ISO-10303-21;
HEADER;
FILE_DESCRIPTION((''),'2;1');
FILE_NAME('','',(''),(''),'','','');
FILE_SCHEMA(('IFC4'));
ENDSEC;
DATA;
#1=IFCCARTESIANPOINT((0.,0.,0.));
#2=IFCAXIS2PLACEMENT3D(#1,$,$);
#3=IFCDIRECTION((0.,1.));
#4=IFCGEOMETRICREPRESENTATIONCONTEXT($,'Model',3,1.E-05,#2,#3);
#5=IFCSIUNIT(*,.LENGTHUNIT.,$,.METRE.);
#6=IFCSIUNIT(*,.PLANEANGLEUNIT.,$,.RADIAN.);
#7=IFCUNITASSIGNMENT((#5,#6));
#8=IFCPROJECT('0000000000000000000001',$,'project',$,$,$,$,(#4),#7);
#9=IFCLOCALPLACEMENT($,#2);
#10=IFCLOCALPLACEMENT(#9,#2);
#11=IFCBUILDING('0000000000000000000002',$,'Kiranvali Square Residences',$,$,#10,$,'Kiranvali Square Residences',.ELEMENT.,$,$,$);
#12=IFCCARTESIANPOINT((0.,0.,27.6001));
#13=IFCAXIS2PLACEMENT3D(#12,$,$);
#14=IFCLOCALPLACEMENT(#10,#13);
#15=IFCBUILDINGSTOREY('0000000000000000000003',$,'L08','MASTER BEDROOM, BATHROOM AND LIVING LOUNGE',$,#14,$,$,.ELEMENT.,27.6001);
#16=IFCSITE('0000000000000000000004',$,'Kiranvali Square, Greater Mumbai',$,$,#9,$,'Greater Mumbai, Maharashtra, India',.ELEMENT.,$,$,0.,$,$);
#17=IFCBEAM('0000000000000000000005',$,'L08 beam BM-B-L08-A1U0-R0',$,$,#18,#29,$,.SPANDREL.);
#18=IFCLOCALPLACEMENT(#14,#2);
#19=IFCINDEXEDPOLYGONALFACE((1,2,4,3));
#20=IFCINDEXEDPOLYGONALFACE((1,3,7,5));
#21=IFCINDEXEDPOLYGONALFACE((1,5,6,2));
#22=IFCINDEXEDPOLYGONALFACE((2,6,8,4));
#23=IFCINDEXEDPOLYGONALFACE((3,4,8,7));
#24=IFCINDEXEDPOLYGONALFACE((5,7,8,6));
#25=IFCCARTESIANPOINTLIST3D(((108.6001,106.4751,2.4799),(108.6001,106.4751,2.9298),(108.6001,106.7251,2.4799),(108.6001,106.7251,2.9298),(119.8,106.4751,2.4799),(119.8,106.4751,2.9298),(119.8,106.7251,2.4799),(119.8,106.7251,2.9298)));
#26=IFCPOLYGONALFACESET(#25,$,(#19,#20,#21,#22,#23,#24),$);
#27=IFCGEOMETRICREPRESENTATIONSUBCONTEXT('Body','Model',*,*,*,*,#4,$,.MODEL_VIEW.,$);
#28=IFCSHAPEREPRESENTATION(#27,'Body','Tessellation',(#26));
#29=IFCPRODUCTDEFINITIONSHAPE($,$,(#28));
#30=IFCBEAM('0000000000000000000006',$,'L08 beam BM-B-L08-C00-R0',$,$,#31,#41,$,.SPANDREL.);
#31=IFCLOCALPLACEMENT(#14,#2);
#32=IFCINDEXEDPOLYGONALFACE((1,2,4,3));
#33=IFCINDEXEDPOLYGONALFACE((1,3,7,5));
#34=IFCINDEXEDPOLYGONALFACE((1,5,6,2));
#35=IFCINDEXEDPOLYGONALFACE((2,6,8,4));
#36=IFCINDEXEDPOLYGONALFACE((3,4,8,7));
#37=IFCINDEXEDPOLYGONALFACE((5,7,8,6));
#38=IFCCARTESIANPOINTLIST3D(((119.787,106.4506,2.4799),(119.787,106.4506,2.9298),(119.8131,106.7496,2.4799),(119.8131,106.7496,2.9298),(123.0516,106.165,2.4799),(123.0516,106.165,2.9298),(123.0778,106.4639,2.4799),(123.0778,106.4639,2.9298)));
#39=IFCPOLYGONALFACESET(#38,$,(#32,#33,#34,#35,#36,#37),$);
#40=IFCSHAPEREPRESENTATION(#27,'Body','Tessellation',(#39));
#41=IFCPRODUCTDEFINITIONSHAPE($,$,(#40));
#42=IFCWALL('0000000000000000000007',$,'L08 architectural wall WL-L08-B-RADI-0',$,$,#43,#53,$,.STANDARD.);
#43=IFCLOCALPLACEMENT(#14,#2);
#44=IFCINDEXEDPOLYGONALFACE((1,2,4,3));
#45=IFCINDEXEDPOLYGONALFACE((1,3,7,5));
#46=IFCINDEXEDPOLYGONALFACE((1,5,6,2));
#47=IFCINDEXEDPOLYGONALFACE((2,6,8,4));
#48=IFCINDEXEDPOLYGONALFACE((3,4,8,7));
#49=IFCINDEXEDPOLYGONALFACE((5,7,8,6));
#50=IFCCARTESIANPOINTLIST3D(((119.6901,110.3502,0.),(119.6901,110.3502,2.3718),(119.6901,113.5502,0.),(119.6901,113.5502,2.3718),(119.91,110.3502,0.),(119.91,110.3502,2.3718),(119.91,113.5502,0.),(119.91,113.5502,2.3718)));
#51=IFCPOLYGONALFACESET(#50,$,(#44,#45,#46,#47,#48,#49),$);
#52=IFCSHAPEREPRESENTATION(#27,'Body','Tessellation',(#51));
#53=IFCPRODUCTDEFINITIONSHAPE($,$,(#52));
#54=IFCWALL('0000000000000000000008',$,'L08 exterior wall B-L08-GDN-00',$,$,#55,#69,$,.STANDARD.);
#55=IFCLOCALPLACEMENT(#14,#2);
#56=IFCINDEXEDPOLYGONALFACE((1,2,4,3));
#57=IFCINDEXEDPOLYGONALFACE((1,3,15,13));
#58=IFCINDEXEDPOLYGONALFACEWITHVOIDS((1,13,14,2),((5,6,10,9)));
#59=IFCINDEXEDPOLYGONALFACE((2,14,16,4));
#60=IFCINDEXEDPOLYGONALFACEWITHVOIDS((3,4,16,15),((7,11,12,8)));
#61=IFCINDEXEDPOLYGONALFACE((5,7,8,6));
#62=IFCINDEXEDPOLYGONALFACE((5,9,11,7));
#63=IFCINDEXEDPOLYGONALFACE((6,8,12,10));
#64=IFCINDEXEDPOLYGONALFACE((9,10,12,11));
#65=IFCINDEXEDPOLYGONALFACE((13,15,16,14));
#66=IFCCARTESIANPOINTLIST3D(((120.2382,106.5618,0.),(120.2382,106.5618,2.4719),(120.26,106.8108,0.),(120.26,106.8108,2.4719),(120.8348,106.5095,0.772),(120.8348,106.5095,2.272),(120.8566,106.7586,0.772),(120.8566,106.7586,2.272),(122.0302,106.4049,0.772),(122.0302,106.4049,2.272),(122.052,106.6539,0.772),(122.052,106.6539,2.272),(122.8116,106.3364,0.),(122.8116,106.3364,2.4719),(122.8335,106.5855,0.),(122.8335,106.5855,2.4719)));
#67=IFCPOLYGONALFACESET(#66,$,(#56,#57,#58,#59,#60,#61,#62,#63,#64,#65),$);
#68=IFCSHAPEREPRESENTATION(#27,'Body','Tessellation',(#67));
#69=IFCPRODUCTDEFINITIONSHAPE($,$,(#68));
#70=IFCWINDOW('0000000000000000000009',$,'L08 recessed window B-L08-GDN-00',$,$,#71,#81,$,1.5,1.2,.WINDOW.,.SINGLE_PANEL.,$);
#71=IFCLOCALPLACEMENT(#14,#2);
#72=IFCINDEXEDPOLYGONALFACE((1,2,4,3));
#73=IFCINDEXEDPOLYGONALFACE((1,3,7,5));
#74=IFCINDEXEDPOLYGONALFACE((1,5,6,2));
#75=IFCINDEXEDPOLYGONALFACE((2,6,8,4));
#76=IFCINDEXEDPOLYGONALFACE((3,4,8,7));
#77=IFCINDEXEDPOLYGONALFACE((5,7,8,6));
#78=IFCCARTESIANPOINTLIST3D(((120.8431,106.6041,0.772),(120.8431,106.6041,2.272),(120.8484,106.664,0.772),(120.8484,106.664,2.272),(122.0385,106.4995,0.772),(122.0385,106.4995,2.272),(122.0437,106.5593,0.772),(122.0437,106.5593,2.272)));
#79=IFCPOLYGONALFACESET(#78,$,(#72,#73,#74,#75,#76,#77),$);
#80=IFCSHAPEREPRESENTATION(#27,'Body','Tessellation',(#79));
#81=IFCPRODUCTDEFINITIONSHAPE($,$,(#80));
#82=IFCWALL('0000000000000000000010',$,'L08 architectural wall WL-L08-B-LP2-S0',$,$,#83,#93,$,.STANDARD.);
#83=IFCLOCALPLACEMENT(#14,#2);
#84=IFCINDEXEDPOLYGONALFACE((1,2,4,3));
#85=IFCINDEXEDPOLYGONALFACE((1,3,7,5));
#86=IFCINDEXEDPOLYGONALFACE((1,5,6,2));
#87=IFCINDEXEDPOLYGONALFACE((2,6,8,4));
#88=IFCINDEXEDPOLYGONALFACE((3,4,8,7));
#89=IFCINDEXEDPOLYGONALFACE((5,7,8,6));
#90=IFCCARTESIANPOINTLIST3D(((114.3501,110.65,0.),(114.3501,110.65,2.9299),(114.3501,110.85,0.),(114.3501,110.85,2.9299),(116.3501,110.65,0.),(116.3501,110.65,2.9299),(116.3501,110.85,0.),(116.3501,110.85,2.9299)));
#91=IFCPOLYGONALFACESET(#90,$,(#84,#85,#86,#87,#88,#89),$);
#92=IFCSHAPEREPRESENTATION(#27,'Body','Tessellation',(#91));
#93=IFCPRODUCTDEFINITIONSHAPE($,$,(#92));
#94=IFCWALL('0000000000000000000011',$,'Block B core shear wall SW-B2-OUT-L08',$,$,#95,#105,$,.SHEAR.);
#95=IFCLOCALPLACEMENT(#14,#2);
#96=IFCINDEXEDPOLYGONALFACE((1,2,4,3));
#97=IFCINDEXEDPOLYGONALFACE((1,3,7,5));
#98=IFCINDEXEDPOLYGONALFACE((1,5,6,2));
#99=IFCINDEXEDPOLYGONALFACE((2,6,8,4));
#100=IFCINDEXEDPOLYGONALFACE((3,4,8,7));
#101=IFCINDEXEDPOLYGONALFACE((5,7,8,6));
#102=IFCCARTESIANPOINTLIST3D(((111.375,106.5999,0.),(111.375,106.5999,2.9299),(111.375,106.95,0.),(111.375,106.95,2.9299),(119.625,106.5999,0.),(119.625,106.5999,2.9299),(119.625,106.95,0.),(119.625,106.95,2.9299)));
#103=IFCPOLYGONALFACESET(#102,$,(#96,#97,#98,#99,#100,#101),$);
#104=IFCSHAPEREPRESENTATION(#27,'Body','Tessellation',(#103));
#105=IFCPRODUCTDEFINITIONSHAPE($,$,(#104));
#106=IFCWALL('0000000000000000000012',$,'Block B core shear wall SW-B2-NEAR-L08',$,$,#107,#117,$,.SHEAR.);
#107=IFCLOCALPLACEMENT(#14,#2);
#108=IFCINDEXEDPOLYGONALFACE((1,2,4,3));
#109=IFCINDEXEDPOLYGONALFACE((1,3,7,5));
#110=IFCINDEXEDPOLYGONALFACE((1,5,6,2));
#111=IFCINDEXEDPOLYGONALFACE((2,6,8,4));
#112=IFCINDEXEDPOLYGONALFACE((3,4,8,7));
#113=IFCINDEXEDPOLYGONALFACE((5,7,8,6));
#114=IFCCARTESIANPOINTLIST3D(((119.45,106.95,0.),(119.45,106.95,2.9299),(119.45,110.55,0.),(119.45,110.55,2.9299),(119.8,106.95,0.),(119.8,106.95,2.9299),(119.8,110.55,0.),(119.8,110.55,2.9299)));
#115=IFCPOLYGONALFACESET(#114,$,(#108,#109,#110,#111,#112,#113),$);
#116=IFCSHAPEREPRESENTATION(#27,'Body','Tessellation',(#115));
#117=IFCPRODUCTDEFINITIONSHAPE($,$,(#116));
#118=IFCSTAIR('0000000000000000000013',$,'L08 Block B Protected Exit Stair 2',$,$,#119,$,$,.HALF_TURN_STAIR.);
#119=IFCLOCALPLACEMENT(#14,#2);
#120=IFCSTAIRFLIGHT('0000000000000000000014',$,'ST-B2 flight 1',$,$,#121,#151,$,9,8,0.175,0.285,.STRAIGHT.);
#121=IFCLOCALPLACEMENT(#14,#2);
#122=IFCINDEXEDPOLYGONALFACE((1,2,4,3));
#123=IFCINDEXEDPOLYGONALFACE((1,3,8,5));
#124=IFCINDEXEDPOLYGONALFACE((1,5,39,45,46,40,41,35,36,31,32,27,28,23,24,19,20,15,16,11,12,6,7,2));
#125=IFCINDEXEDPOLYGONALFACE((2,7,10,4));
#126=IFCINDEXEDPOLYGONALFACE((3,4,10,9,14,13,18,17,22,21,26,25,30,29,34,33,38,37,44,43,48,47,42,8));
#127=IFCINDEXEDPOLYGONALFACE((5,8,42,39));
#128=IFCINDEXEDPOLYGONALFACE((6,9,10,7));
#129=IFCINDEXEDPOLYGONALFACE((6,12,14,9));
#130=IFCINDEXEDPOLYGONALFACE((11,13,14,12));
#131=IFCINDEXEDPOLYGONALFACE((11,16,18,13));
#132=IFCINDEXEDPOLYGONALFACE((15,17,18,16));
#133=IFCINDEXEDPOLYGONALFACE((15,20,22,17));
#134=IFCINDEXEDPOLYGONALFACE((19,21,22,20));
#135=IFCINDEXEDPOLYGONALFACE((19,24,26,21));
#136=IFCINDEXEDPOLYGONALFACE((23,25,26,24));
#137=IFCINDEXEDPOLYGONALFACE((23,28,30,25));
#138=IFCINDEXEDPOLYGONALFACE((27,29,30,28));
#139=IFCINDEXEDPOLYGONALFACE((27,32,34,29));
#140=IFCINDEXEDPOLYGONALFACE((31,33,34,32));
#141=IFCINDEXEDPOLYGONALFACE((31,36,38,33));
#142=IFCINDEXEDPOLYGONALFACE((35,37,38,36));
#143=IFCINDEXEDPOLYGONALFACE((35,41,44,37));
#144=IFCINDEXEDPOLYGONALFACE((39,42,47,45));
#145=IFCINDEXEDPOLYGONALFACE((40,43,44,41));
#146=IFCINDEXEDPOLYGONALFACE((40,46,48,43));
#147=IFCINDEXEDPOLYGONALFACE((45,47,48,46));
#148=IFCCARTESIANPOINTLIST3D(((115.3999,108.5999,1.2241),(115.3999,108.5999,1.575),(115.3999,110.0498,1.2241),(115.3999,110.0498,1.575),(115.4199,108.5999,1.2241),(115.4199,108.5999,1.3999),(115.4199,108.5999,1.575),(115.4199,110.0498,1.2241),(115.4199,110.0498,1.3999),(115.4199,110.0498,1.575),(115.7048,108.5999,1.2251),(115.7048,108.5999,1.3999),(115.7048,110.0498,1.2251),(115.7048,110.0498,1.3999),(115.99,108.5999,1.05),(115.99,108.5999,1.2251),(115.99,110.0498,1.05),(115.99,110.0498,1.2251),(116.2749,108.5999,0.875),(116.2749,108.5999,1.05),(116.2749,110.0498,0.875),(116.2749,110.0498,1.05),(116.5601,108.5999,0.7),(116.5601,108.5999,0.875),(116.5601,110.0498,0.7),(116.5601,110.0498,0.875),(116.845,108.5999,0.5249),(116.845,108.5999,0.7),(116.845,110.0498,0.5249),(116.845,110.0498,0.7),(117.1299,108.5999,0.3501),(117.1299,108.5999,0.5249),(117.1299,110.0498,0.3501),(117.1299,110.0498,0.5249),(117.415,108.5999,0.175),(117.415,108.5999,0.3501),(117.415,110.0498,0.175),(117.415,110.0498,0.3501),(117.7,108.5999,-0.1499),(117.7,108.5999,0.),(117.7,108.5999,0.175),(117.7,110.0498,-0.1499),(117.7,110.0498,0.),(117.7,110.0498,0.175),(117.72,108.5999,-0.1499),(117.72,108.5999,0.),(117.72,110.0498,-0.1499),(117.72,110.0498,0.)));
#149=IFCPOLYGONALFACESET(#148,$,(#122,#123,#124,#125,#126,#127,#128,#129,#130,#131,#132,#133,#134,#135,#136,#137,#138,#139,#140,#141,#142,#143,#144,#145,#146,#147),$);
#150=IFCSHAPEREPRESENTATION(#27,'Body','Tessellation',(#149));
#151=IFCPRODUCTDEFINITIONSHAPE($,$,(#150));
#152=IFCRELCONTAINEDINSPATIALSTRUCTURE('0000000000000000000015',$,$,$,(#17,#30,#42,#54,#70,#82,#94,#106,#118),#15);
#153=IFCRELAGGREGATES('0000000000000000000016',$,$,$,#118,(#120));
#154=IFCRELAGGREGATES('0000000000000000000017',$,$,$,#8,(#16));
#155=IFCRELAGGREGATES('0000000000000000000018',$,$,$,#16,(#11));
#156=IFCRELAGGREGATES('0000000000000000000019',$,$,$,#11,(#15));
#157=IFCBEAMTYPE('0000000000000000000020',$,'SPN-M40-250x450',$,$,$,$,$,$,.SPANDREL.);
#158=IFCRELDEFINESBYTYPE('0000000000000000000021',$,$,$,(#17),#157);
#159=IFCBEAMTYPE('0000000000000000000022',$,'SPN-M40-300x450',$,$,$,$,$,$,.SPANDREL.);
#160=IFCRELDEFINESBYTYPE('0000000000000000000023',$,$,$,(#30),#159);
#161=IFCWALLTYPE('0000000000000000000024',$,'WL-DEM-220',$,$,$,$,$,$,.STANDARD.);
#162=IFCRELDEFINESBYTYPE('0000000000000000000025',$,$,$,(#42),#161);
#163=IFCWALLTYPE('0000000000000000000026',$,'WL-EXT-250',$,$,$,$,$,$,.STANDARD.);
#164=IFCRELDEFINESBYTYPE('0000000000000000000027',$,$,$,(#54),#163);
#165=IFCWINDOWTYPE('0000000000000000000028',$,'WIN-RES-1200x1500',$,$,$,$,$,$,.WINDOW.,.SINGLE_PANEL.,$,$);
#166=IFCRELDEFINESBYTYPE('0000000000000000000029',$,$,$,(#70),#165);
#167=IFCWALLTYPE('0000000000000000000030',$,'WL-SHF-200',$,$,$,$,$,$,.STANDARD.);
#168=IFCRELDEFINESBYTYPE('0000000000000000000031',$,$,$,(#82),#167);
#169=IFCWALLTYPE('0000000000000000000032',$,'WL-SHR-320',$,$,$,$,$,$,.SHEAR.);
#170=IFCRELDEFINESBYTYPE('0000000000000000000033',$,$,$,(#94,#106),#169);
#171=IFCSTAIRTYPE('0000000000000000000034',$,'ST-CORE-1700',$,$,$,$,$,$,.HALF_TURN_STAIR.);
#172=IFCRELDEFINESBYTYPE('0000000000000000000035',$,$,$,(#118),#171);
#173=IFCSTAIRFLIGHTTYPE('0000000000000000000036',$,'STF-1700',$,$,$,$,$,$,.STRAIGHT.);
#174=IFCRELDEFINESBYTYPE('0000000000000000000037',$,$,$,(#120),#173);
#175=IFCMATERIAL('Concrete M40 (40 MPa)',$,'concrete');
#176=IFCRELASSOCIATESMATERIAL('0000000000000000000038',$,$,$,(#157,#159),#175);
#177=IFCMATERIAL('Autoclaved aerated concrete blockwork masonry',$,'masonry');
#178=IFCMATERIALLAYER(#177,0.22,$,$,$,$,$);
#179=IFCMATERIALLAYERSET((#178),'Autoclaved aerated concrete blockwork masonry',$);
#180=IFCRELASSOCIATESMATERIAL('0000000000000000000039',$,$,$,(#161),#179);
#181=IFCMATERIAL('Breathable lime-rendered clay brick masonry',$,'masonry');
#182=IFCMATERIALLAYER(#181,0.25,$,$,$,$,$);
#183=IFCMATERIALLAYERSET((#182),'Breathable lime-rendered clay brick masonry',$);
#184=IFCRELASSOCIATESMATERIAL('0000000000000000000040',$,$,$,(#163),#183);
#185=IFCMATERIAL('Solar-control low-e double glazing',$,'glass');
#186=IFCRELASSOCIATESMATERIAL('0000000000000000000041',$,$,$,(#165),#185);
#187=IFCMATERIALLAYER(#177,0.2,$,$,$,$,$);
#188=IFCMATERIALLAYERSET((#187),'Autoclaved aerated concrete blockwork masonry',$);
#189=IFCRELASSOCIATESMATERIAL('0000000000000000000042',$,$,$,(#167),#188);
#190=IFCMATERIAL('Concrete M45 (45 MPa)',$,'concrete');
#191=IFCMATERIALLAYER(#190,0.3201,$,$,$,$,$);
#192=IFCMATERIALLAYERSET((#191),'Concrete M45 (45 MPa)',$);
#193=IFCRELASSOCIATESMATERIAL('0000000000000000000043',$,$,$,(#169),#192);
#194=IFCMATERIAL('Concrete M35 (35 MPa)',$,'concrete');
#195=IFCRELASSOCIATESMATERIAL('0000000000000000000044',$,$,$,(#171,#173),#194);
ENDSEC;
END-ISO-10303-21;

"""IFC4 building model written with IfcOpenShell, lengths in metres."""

from ifc_helpers import new_model, si_unit, direction, frame, frame_2d, origin, origin_2d, place, context, subcontext, project, spatial, polyline, rectangle, outline, extrude, material, layer, layer_set, material_profile, profile_set, type_object, element, fill, aggregate, save


model = new_model("IFC4")

# Units and contexts
model_context = context("Model", 3, precision=1e-05, world=origin(), true_north=direction((0.0, 1.0)))
body_context = subcontext(model_context, "Body", "Model", "MODEL_VIEW")
ifc_project = project(units=[si_unit("LENGTHUNIT", "METRE"), si_unit("PLANEANGLEUNIT", "RADIAN")], contexts=[model_context])

# Site, building, storey
site_placement = place(None, origin())
site = spatial("IfcSite", under=ifc_project, at=site_placement, Name="Kiranvali Square, Greater Mumbai", LongName="Greater Mumbai, Maharashtra, India", CompositionType="ELEMENT", RefElevation=0.0)
building_placement = place(site_placement, origin())
building = spatial("IfcBuilding", under=site, at=building_placement, Name="Kiranvali Square Residences", LongName="Kiranvali Square Residences", CompositionType="ELEMENT")
storey_placement = place(building_placement, frame((0.0, 0.0, 27.6001)))
storey = spatial("IfcBuildingStorey", under=building, at=storey_placement, Name="L08", Description="MASTER BEDROOM, BATHROOM AND LIVING LOUNGE", CompositionType="ELEMENT", Elevation=27.6001)

# Beams
ifc_material_1 = material(Name="Concrete M40 (40 MPa)", Category="concrete")
ifc_material_profile_1 = material_profile(ifc_material_1, rectangle(XDim=0.25, YDim=0.45, at=origin_2d()), Name="RC 250x450")
ifc_profile_set_1 = profile_set([ifc_material_profile_1], Name="Concrete M40 (40 MPa)")
beam_type_1 = type_object("IfcBeamType", Name="SPN-M40-250x450", PredefinedType="SPANDREL", material=ifc_profile_set_1)
beam_1_placement = place(storey_placement, frame((119.8, 106.6001, 2.7048), z_axis=(-1.0, 0.0, 0.0), x_axis=(0.0, -1.0, 0.0)))
element("IfcBeam", 1, at=beam_1_placement, inside=storey, type_object=beam_type_1, Name="L08 beam BM-B-L08-A1U0-R0", PredefinedType="SPANDREL", context=body_context, shape_type="SweptSolid", body=[
    extrude(rectangle(XDim=0.25, YDim=0.45, at=origin_2d()), origin(), (0.0, 0.0, 1.0), 11.2),
])
ifc_material_profile_2 = material_profile(ifc_material_1, rectangle(XDim=0.3, YDim=0.45, at=origin_2d()), Name="RC 300x450")
ifc_profile_set_2 = profile_set([ifc_material_profile_2], Name="Concrete M40 (40 MPa)")
beam_type_2 = type_object("IfcBeamType", Name="SPN-M40-300x450", PredefinedType="SPANDREL", material=ifc_profile_set_2)
beam_2_placement = place(storey_placement, frame((119.8, 106.6001, 2.7048), z_axis=(0.996194, -0.087163, 0.0), x_axis=(0.087163, 0.996194, 0.0)))
element("IfcBeam", 2, at=beam_2_placement, inside=storey, type_object=beam_type_2, Name="L08 beam BM-B-L08-C00-R0", PredefinedType="SPANDREL", context=body_context, shape_type="SweptSolid", body=[
    extrude(rectangle(XDim=0.3, YDim=0.45, at=origin_2d()), origin(), (0.0, 0.0, 1.0), 3.2771),
])

# Wall
ifc_material_2 = material(Name="Autoclaved aerated concrete blockwork masonry", Category="masonry")
ifc_layer_1 = layer(ifc_material_2, 0.22)
ifc_layer_set_1 = layer_set([ifc_layer_1], Name="Autoclaved aerated concrete blockwork masonry")
wall_type_1 = type_object("IfcWallType", Name="WL-DEM-220", PredefinedType="STANDARD", material=ifc_layer_set_1)
wall_1_placement = place(storey_placement, frame((119.8, 110.3501, 0.0), z_axis=(0.0, 0.0, 1.0), x_axis=(0.0, 1.0, 0.0)))
element("IfcWall", 3, at=wall_1_placement, inside=storey, type_object=wall_type_1, Name="L08 architectural wall WL-L08-B-RADI-0", PredefinedType="STANDARD", context=body_context, shape_type="SweptSolid", body=[
    extrude(rectangle(XDim=3.2, YDim=0.22, at=frame_2d((1.6001, 0.0))), origin(), (0.0, 0.0, 1.0), 2.3718),
])

# Wall, opening, window
ifc_material_3 = material(Name="Breathable lime-rendered clay brick masonry", Category="masonry")
ifc_layer_2 = layer(ifc_material_3, 0.25)
ifc_layer_set_2 = layer_set([ifc_layer_2], Name="Breathable lime-rendered clay brick masonry")
wall_type_2 = type_object("IfcWallType", Name="WL-EXT-250", PredefinedType="STANDARD", material=ifc_layer_set_2)
wall_2_placement = place(storey_placement, frame((120.2493, 106.6863, 0.0), z_axis=(0.0, 0.0, 1.0), x_axis=(0.996188, -0.087229, 0.0)))
wall_2 = element("IfcWall", 4, at=wall_2_placement, inside=storey, type_object=wall_type_2, Name="L08 exterior wall B-L08-GDN-00", PredefinedType="STANDARD", context=body_context, shape_type="SweptSolid", body=[
    extrude(rectangle(XDim=2.5833, YDim=0.25, at=frame_2d((1.2915, 0.0))), origin(), (0.0, 0.0, 1.0), 2.4719),
])
opening_1_placement = place(wall_2_placement, frame((0.5986, 0.0, 0.772)))
opening_1 = element("IfcOpeningElement", 5, at=opening_1_placement, cuts=wall_2, PredefinedType="OPENING", context=body_context, shape_type="SweptSolid", body=[
    extrude(rectangle(XDim=1.2, YDim=1.5, at=frame_2d((0.6001, 0.75))), frame((0.0, 0.135, 0.0), z_axis=(0.0, -1.0, 0.0), x_axis=(1.0, 0.0, 0.0)), (0.0, 0.0, 1.0), 0.27),
])
ifc_material_4 = material(Name="Solar-control low-e double glazing", Category="glass")
window_type = type_object("IfcWindowType", Name="WIN-RES-1200x1500", PartitioningType="SINGLE_PANEL", PredefinedType="WINDOW", material=ifc_material_4)
window_placement = place(opening_1_placement, origin())
window = element("IfcWindow", 6, at=window_placement, inside=storey, type_object=window_type, Name="L08 recessed window B-L08-GDN-00", OverallHeight=1.5, OverallWidth=1.2, PartitioningType="SINGLE_PANEL", PredefinedType="WINDOW", context=body_context, shape_type="SweptSolid", body=[
    extrude(rectangle(XDim=1.2, YDim=1.5, at=frame_2d((0.6001, 0.75))), frame((0.0, 0.03, 0.0), z_axis=(0.0, -1.0, 0.0), x_axis=(1.0, 0.0, 0.0)), (0.0, 0.0, 1.0), 0.0601),
])
fill(opening_1, window)

# Wall
ifc_layer_3 = layer(ifc_material_2, 0.2)
ifc_layer_set_3 = layer_set([ifc_layer_3], Name="Autoclaved aerated concrete blockwork masonry")
wall_type_3 = type_object("IfcWallType", Name="WL-SHF-200", PredefinedType="STANDARD", material=ifc_layer_set_3)
wall_3_placement = place(storey_placement, frame((116.3501, 110.75, 0.0), z_axis=(0.0, 0.0, 1.0), x_axis=(-1.0, 0.0, 0.0)))
element("IfcWall", 7, at=wall_3_placement, inside=storey, type_object=wall_type_3, Name="L08 architectural wall WL-L08-B-LP2-S0", PredefinedType="STANDARD", context=body_context, shape_type="SweptSolid", body=[
    extrude(rectangle(XDim=2.0, YDim=0.2, at=frame_2d((1.0, 0.0))), origin(), (0.0, 0.0, 1.0), 2.9299),
])

# Wall
ifc_material_5 = material(Name="Concrete M45 (45 MPa)", Category="concrete")
ifc_layer_4 = layer(ifc_material_5, 0.3201)
ifc_layer_set_4 = layer_set([ifc_layer_4], Name="Concrete M45 (45 MPa)")
wall_type_4 = type_object("IfcWallType", Name="WL-SHR-320", PredefinedType="SHEAR", material=ifc_layer_set_4)
wall_4_placement = place(storey_placement, frame((119.625, 106.7749, 0.0), z_axis=(0.0, 0.0, 1.0), x_axis=(-1.0, 0.0, 0.0)))
element("IfcWall", 8, at=wall_4_placement, inside=storey, type_object=wall_type_4, Name="Block B core shear wall SW-B2-OUT-L08", PredefinedType="SHEAR", context=body_context, shape_type="SweptSolid", body=[
    extrude(rectangle(XDim=8.25, YDim=0.3501, at=frame_2d((4.125, 0.0))), origin(), (0.0, 0.0, 1.0), 2.9299),
])

# Wall
wall_5_placement = place(storey_placement, frame((119.625, 106.95, 0.0), z_axis=(0.0, 0.0, 1.0), x_axis=(0.0, 1.0, 0.0)))
element("IfcWall", 9, at=wall_5_placement, inside=storey, type_object=wall_type_4, Name="Block B core shear wall SW-B2-NEAR-L08", PredefinedType="SHEAR", context=body_context, shape_type="SweptSolid", body=[
    extrude(rectangle(XDim=3.6001, YDim=0.3501, at=frame_2d((1.8, 0.0))), origin(), (0.0, 0.0, 1.0), 2.9299),
])

# Stair, stair flight
ifc_material_6 = material(Name="Concrete M35 (35 MPa)", Category="concrete")
stair_type = type_object("IfcStairType", Name="ST-CORE-1700", PredefinedType="HALF_TURN_STAIR", material=ifc_material_6)
stair_placement = place(storey_placement, origin())
stair = element("IfcStair", 10, at=stair_placement, inside=storey, type_object=stair_type, Name="L08 Block B Protected Exit Stair 2", PredefinedType="HALF_TURN_STAIR")
stair_flight_type = type_object("IfcStairFlightType", Name="STF-1700", PredefinedType="STRAIGHT", material=ifc_material_6)
stair_flight_1_placement = place(storey_placement, frame((117.7, 109.325, 0.0), z_axis=(0.0, 0.0, 1.0), x_axis=(-1.0, 0.0, 0.0)))
stair_flight_1 = element("IfcStairFlight", 11, at=stair_flight_1_placement, type_object=stair_flight_type, Name="ST-B2 flight 1", NumberOfRisers=9, NumberOfTreads=8, PredefinedType="STRAIGHT", RiserHeight=0.175, TreadLength=0.285, context=body_context, shape_type="SweptSolid", body=[
    extrude(outline(polyline([(-0.02, -0.1499), (-0.02, 0.0), (0.0, 0.0), (0.0, 0.175), (0.2849, 0.175), (0.2849, 0.3501), (0.5701, 0.3501), (0.5701, 0.5249), (0.855, 0.5249), (0.855, 0.7), (1.1399, 0.7), (1.1399, 0.875), (1.425, 0.875), (1.425, 1.05), (1.71, 1.05), (1.71, 1.2251), (1.9951, 1.2251), (1.9951, 1.3999), (2.28, 1.3999), (2.28, 1.575), (2.3, 1.575), (2.3, 1.2241), (2.28, 1.2241), (0.0, -0.1499), (-0.02, -0.1499)])), frame((0.0, 0.7251, 0.0), z_axis=(0.0, -1.0, 0.0), x_axis=(1.0, 0.0, 0.0)), (0.0, 0.0, 1.0), 1.45),
])
aggregate(stair, [stair_flight_1])

save(model, "model.ifc")
